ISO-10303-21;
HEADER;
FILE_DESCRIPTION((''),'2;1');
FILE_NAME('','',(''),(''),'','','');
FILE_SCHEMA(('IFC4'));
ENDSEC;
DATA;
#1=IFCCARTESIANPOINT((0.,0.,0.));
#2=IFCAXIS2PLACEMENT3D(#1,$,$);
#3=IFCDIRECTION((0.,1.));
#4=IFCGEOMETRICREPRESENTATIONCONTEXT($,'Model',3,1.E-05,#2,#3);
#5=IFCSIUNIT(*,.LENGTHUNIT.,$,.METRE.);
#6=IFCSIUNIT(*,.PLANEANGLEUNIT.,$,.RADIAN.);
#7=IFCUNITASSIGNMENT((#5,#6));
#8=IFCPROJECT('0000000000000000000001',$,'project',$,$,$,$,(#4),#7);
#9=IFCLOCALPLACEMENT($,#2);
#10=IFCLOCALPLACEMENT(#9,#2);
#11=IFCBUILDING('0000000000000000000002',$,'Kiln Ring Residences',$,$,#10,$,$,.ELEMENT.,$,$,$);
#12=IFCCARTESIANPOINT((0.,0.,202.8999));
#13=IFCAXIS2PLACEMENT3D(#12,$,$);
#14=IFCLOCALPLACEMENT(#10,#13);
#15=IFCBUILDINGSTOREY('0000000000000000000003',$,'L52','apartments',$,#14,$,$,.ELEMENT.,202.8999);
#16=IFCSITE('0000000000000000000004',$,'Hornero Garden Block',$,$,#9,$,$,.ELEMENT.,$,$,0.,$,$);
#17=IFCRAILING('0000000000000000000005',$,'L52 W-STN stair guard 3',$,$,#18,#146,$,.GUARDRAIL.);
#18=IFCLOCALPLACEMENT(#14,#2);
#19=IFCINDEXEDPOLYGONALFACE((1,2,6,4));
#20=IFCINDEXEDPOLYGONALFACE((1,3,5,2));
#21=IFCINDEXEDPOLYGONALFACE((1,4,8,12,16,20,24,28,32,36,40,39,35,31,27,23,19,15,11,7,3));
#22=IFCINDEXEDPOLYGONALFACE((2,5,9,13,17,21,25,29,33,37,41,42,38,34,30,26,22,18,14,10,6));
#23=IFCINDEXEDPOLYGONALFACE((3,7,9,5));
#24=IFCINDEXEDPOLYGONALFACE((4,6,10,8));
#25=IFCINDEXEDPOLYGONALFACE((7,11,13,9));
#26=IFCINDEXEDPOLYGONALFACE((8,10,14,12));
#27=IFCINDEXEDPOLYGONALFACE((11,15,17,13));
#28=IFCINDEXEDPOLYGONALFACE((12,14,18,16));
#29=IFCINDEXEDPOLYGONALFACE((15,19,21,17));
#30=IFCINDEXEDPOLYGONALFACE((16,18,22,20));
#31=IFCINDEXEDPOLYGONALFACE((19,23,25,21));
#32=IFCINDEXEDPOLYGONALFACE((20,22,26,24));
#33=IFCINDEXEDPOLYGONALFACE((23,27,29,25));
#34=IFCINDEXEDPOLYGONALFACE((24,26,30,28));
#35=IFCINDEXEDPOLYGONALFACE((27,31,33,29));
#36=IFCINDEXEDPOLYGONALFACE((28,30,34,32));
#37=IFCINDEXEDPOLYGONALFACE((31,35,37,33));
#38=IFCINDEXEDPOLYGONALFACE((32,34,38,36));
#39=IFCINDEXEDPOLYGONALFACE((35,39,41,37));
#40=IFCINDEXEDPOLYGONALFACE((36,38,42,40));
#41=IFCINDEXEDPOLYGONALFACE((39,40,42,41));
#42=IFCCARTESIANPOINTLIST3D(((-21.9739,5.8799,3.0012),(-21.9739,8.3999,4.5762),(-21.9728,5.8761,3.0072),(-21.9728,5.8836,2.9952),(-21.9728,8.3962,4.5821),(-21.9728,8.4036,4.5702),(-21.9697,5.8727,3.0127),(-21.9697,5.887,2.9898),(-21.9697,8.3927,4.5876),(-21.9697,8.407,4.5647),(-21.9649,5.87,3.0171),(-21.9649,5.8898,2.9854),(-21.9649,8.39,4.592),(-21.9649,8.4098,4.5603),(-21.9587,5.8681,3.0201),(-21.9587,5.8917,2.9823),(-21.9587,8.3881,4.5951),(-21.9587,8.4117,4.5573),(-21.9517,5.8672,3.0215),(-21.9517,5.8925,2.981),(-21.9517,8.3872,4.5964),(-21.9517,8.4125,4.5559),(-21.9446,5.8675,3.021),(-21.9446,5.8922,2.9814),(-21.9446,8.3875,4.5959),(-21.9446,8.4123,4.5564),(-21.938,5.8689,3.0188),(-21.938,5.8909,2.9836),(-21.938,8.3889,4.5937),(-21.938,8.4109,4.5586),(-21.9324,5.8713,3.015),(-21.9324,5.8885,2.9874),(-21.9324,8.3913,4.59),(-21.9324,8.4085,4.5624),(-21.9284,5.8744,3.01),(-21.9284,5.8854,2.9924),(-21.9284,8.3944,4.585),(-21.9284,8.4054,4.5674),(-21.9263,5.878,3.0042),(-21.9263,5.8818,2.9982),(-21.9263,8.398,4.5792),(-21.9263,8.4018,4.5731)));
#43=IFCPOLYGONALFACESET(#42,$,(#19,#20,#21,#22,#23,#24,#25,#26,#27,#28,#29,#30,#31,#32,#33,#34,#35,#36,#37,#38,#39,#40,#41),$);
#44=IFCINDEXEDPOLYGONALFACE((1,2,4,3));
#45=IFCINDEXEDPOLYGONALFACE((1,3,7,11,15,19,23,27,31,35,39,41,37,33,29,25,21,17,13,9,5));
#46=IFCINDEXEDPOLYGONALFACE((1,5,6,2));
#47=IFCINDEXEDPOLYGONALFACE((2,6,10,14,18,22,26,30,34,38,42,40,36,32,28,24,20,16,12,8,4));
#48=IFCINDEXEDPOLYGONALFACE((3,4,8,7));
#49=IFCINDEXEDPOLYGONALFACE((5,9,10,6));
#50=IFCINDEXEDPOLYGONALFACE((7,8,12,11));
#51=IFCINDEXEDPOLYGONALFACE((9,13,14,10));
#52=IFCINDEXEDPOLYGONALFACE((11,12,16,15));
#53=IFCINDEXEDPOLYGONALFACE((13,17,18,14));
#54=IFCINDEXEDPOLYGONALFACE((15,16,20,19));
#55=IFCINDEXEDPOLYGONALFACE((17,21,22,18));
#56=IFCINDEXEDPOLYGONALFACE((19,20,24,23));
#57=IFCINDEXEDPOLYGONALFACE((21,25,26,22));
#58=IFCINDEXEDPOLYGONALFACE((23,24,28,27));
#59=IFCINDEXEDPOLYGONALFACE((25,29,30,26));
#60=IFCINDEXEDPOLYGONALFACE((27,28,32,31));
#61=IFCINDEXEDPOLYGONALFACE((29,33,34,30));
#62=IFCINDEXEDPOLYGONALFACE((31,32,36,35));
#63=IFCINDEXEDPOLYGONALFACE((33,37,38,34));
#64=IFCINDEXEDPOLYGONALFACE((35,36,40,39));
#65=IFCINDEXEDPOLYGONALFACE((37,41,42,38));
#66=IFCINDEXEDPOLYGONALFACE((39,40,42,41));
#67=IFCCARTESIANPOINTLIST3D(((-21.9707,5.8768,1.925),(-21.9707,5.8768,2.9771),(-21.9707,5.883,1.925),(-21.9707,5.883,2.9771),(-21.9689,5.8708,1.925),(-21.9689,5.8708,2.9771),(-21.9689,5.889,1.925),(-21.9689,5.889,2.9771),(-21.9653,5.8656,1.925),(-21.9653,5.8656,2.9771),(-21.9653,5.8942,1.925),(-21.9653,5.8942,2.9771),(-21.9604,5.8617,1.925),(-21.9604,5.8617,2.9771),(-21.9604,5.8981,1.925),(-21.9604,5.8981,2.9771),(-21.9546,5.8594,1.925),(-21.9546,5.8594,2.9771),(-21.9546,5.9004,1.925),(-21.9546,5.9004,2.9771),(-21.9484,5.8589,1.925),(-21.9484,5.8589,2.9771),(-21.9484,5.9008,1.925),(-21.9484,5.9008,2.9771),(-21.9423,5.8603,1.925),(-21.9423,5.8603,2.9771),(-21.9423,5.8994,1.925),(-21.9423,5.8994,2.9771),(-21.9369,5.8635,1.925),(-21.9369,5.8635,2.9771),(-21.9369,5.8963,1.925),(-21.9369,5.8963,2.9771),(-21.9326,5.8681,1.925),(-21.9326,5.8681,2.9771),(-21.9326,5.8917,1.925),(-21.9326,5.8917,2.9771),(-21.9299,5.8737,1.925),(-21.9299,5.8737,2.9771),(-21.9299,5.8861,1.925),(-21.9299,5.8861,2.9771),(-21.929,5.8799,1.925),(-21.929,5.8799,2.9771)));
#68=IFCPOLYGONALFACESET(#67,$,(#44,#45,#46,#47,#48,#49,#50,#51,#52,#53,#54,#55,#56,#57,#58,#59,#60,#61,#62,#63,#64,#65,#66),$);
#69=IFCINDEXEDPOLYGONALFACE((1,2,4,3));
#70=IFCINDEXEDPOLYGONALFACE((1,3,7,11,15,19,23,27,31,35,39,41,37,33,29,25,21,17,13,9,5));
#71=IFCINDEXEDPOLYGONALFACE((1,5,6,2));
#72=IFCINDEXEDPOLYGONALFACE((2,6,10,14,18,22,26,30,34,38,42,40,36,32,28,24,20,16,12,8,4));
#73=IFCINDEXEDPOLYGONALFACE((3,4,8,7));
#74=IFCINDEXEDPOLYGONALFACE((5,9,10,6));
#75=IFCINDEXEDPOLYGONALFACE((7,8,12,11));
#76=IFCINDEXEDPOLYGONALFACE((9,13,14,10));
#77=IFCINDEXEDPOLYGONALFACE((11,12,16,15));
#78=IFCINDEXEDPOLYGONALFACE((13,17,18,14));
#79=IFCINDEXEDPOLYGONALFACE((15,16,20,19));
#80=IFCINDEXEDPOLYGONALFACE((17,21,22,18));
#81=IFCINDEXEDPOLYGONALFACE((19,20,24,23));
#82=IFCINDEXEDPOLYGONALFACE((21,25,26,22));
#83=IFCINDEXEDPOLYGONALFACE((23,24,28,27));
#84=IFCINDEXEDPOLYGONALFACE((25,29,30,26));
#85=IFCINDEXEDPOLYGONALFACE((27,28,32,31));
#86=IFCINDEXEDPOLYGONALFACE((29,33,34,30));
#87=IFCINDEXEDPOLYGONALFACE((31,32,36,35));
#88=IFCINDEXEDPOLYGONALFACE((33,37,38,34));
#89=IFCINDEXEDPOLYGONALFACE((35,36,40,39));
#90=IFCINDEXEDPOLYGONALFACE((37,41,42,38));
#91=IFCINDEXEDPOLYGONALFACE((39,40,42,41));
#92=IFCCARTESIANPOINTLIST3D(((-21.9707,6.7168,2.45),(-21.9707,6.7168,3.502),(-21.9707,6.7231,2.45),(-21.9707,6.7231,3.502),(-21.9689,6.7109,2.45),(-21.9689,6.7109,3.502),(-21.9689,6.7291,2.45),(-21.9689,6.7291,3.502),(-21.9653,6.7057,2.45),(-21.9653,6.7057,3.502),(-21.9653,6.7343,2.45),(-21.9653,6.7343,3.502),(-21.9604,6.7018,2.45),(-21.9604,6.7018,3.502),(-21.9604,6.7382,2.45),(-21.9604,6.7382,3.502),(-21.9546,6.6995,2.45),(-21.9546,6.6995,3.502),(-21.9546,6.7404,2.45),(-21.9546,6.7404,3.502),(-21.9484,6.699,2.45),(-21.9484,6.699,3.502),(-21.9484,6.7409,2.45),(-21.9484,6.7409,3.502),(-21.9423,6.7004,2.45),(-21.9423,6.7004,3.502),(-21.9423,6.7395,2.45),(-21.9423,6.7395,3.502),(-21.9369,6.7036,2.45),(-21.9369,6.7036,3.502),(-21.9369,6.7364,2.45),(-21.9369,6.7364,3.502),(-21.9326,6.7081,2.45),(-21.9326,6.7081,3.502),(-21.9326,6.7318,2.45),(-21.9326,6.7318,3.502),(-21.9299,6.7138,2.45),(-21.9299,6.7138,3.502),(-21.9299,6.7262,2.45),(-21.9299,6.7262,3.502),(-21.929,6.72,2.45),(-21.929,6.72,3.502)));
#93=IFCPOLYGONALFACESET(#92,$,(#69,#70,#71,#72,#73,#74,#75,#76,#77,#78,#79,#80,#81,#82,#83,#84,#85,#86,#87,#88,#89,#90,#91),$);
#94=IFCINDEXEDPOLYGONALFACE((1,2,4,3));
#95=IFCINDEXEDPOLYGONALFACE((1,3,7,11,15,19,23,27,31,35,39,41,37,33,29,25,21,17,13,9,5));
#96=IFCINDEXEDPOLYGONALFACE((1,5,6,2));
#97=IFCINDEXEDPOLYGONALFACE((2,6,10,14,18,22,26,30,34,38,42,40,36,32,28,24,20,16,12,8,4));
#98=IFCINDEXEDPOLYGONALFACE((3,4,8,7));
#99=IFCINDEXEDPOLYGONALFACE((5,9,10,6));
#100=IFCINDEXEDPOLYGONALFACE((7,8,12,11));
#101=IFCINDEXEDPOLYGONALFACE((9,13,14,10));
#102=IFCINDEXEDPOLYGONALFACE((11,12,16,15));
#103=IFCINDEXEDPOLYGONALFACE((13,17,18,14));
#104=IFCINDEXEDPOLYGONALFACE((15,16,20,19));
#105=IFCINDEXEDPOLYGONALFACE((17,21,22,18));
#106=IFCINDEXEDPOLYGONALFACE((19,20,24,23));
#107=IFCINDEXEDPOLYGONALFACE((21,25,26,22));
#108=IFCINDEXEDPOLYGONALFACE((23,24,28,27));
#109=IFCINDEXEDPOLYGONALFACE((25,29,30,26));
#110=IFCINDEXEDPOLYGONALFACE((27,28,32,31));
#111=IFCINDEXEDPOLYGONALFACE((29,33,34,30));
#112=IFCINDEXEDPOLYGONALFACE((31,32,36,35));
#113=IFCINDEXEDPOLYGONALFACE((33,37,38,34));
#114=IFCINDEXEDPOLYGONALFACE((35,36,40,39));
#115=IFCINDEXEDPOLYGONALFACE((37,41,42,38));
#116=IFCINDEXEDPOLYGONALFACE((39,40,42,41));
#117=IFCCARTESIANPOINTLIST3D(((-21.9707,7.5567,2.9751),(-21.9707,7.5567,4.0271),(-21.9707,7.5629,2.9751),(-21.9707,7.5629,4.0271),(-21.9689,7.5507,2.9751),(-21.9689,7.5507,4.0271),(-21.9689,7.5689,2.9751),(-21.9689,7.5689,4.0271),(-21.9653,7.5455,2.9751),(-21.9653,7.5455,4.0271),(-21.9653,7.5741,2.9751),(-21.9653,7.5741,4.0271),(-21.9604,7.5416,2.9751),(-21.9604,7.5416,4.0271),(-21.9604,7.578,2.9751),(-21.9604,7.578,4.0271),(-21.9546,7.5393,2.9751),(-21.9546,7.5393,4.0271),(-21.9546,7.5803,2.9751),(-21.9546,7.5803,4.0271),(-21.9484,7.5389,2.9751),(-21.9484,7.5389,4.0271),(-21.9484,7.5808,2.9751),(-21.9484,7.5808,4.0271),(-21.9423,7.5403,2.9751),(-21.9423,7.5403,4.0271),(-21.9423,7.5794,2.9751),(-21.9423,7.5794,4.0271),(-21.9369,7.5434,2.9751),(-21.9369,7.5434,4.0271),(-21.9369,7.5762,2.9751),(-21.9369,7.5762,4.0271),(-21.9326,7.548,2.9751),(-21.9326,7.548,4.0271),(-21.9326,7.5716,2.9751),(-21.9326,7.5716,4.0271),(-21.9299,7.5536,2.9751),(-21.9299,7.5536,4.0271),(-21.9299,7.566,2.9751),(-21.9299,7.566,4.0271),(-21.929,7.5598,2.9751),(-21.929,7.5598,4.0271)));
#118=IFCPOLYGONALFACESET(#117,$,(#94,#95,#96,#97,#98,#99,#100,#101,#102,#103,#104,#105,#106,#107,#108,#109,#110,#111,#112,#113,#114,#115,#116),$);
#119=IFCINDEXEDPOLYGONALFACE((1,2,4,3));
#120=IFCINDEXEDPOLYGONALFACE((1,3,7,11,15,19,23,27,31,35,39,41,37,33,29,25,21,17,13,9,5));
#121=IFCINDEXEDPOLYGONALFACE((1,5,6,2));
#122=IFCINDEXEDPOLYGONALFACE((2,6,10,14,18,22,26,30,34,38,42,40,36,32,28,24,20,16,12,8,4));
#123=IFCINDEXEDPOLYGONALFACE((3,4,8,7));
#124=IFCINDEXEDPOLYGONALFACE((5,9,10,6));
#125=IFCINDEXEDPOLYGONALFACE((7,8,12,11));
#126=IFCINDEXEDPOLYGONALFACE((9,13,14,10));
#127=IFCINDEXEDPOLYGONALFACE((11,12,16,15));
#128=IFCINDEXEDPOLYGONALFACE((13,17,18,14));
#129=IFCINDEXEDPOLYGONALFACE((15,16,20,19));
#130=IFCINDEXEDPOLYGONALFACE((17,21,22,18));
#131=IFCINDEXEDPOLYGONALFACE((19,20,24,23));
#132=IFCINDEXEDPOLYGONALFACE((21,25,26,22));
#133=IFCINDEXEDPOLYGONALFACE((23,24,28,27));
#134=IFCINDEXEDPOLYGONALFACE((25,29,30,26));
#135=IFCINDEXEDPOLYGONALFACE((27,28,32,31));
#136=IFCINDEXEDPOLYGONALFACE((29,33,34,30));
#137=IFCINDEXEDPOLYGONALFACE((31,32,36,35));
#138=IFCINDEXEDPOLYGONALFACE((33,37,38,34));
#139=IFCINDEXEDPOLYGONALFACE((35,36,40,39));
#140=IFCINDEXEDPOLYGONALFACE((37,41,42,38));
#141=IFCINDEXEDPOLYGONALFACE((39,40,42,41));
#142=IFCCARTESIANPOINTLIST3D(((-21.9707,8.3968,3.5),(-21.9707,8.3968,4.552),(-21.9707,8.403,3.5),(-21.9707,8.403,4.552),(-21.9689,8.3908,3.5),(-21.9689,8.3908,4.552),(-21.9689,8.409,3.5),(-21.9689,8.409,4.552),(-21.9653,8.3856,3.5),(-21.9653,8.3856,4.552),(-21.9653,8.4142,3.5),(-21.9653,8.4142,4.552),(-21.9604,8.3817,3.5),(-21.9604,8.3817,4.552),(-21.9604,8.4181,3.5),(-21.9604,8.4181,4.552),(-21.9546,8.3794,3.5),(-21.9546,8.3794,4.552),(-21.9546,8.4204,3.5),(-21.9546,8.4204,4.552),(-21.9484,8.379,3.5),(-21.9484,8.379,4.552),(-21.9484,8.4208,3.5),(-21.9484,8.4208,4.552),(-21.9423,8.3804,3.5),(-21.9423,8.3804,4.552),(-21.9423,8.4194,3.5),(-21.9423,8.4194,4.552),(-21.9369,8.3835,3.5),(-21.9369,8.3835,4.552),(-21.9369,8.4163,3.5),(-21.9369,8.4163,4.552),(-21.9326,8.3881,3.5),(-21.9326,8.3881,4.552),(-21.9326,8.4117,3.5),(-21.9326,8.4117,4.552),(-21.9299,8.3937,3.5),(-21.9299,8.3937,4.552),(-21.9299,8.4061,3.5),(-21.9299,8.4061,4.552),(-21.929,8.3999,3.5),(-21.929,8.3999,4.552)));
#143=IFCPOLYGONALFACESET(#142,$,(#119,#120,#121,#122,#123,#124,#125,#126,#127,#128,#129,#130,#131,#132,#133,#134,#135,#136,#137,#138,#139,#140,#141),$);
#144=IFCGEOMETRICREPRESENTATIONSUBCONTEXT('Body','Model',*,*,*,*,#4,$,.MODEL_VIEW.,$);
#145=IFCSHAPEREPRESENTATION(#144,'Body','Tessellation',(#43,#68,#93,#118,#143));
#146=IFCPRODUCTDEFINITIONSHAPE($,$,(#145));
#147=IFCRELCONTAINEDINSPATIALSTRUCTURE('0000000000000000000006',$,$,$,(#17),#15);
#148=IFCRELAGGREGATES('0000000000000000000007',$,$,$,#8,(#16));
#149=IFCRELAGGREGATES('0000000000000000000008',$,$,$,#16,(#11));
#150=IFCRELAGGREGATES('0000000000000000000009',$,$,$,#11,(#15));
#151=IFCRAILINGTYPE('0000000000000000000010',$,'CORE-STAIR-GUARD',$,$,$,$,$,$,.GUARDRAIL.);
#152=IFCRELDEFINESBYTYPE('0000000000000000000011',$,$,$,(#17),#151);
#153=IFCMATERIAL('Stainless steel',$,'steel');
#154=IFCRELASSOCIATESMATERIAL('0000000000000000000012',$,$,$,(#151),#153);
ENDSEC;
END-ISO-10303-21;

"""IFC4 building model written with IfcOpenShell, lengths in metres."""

from ifc_helpers import new_model, si_unit, direction, frame, origin, origin_2d, place, context, subcontext, project, spatial, circle, extrude, material, type_object, element, save


model = new_model("IFC4")

# Units and contexts
model_context = context("Model", 3, precision=1e-05, world=origin(), true_north=direction((0.0, 1.0)))
body_context = subcontext(model_context, "Body", "Model", "MODEL_VIEW")
ifc_project = project(units=[si_unit("LENGTHUNIT", "METRE"), si_unit("PLANEANGLEUNIT", "RADIAN")], contexts=[model_context])

# Site, building, storey
site_placement = place(None, origin())
site = spatial("IfcSite", under=ifc_project, at=site_placement, Name="Hornero Garden Block", CompositionType="ELEMENT", RefElevation=0.0)
building_placement = place(site_placement, origin())
building = spatial("IfcBuilding", under=site, at=building_placement, Name="Kiln Ring Residences", CompositionType="ELEMENT")
storey_placement = place(building_placement, frame((0.0, 0.0, 202.8999)))
storey = spatial("IfcBuildingStorey", under=building, at=storey_placement, Name="L52", Description="apartments", CompositionType="ELEMENT", Elevation=202.8999)

# Railing
ifc_material_1 = material(Name="Stainless steel", Category="steel")
railing_type_1 = type_object("IfcRailingType", Name="CORE-STAIR-GUARD", PredefinedType="GUARDRAIL", material=ifc_material_1)
railing_1_placement = place(storey_placement, frame((-21.95, 5.8799, 1.925)))
element("IfcRailing", 1, at=railing_1_placement, inside=storey, type_object=railing_type_1, Name="L52 W-STN stair guard 3", PredefinedType="GUARDRAIL", context=body_context, shape_type="SweptSolid", body=[
    extrude(circle(Radius=0.0239, at=origin_2d()), frame((0.0, 0.0, 1.0762), z_axis=(0.0, 0.848008, 0.529984), x_axis=(-1.0, 0.0, 0.0)), (0.0, 0.0, 1.0), 2.9717),
    extrude(circle(Radius=0.021, at=origin_2d()), origin(), (0.0, 0.0, 1.0), 1.052),
    extrude(circle(Radius=0.021, at=origin_2d()), frame((0.0, 0.8401, 0.5249)), (0.0, 0.0, 1.0), 1.052),
    extrude(circle(Radius=0.021, at=origin_2d()), frame((0.0, 1.6799, 1.05)), (0.0, 0.0, 1.0), 1.052),
    extrude(circle(Radius=0.021, at=origin_2d()), frame((0.0, 2.52, 1.575)), (0.0, 0.0, 1.0), 1.052),
])

save(model, "model.ifc")
